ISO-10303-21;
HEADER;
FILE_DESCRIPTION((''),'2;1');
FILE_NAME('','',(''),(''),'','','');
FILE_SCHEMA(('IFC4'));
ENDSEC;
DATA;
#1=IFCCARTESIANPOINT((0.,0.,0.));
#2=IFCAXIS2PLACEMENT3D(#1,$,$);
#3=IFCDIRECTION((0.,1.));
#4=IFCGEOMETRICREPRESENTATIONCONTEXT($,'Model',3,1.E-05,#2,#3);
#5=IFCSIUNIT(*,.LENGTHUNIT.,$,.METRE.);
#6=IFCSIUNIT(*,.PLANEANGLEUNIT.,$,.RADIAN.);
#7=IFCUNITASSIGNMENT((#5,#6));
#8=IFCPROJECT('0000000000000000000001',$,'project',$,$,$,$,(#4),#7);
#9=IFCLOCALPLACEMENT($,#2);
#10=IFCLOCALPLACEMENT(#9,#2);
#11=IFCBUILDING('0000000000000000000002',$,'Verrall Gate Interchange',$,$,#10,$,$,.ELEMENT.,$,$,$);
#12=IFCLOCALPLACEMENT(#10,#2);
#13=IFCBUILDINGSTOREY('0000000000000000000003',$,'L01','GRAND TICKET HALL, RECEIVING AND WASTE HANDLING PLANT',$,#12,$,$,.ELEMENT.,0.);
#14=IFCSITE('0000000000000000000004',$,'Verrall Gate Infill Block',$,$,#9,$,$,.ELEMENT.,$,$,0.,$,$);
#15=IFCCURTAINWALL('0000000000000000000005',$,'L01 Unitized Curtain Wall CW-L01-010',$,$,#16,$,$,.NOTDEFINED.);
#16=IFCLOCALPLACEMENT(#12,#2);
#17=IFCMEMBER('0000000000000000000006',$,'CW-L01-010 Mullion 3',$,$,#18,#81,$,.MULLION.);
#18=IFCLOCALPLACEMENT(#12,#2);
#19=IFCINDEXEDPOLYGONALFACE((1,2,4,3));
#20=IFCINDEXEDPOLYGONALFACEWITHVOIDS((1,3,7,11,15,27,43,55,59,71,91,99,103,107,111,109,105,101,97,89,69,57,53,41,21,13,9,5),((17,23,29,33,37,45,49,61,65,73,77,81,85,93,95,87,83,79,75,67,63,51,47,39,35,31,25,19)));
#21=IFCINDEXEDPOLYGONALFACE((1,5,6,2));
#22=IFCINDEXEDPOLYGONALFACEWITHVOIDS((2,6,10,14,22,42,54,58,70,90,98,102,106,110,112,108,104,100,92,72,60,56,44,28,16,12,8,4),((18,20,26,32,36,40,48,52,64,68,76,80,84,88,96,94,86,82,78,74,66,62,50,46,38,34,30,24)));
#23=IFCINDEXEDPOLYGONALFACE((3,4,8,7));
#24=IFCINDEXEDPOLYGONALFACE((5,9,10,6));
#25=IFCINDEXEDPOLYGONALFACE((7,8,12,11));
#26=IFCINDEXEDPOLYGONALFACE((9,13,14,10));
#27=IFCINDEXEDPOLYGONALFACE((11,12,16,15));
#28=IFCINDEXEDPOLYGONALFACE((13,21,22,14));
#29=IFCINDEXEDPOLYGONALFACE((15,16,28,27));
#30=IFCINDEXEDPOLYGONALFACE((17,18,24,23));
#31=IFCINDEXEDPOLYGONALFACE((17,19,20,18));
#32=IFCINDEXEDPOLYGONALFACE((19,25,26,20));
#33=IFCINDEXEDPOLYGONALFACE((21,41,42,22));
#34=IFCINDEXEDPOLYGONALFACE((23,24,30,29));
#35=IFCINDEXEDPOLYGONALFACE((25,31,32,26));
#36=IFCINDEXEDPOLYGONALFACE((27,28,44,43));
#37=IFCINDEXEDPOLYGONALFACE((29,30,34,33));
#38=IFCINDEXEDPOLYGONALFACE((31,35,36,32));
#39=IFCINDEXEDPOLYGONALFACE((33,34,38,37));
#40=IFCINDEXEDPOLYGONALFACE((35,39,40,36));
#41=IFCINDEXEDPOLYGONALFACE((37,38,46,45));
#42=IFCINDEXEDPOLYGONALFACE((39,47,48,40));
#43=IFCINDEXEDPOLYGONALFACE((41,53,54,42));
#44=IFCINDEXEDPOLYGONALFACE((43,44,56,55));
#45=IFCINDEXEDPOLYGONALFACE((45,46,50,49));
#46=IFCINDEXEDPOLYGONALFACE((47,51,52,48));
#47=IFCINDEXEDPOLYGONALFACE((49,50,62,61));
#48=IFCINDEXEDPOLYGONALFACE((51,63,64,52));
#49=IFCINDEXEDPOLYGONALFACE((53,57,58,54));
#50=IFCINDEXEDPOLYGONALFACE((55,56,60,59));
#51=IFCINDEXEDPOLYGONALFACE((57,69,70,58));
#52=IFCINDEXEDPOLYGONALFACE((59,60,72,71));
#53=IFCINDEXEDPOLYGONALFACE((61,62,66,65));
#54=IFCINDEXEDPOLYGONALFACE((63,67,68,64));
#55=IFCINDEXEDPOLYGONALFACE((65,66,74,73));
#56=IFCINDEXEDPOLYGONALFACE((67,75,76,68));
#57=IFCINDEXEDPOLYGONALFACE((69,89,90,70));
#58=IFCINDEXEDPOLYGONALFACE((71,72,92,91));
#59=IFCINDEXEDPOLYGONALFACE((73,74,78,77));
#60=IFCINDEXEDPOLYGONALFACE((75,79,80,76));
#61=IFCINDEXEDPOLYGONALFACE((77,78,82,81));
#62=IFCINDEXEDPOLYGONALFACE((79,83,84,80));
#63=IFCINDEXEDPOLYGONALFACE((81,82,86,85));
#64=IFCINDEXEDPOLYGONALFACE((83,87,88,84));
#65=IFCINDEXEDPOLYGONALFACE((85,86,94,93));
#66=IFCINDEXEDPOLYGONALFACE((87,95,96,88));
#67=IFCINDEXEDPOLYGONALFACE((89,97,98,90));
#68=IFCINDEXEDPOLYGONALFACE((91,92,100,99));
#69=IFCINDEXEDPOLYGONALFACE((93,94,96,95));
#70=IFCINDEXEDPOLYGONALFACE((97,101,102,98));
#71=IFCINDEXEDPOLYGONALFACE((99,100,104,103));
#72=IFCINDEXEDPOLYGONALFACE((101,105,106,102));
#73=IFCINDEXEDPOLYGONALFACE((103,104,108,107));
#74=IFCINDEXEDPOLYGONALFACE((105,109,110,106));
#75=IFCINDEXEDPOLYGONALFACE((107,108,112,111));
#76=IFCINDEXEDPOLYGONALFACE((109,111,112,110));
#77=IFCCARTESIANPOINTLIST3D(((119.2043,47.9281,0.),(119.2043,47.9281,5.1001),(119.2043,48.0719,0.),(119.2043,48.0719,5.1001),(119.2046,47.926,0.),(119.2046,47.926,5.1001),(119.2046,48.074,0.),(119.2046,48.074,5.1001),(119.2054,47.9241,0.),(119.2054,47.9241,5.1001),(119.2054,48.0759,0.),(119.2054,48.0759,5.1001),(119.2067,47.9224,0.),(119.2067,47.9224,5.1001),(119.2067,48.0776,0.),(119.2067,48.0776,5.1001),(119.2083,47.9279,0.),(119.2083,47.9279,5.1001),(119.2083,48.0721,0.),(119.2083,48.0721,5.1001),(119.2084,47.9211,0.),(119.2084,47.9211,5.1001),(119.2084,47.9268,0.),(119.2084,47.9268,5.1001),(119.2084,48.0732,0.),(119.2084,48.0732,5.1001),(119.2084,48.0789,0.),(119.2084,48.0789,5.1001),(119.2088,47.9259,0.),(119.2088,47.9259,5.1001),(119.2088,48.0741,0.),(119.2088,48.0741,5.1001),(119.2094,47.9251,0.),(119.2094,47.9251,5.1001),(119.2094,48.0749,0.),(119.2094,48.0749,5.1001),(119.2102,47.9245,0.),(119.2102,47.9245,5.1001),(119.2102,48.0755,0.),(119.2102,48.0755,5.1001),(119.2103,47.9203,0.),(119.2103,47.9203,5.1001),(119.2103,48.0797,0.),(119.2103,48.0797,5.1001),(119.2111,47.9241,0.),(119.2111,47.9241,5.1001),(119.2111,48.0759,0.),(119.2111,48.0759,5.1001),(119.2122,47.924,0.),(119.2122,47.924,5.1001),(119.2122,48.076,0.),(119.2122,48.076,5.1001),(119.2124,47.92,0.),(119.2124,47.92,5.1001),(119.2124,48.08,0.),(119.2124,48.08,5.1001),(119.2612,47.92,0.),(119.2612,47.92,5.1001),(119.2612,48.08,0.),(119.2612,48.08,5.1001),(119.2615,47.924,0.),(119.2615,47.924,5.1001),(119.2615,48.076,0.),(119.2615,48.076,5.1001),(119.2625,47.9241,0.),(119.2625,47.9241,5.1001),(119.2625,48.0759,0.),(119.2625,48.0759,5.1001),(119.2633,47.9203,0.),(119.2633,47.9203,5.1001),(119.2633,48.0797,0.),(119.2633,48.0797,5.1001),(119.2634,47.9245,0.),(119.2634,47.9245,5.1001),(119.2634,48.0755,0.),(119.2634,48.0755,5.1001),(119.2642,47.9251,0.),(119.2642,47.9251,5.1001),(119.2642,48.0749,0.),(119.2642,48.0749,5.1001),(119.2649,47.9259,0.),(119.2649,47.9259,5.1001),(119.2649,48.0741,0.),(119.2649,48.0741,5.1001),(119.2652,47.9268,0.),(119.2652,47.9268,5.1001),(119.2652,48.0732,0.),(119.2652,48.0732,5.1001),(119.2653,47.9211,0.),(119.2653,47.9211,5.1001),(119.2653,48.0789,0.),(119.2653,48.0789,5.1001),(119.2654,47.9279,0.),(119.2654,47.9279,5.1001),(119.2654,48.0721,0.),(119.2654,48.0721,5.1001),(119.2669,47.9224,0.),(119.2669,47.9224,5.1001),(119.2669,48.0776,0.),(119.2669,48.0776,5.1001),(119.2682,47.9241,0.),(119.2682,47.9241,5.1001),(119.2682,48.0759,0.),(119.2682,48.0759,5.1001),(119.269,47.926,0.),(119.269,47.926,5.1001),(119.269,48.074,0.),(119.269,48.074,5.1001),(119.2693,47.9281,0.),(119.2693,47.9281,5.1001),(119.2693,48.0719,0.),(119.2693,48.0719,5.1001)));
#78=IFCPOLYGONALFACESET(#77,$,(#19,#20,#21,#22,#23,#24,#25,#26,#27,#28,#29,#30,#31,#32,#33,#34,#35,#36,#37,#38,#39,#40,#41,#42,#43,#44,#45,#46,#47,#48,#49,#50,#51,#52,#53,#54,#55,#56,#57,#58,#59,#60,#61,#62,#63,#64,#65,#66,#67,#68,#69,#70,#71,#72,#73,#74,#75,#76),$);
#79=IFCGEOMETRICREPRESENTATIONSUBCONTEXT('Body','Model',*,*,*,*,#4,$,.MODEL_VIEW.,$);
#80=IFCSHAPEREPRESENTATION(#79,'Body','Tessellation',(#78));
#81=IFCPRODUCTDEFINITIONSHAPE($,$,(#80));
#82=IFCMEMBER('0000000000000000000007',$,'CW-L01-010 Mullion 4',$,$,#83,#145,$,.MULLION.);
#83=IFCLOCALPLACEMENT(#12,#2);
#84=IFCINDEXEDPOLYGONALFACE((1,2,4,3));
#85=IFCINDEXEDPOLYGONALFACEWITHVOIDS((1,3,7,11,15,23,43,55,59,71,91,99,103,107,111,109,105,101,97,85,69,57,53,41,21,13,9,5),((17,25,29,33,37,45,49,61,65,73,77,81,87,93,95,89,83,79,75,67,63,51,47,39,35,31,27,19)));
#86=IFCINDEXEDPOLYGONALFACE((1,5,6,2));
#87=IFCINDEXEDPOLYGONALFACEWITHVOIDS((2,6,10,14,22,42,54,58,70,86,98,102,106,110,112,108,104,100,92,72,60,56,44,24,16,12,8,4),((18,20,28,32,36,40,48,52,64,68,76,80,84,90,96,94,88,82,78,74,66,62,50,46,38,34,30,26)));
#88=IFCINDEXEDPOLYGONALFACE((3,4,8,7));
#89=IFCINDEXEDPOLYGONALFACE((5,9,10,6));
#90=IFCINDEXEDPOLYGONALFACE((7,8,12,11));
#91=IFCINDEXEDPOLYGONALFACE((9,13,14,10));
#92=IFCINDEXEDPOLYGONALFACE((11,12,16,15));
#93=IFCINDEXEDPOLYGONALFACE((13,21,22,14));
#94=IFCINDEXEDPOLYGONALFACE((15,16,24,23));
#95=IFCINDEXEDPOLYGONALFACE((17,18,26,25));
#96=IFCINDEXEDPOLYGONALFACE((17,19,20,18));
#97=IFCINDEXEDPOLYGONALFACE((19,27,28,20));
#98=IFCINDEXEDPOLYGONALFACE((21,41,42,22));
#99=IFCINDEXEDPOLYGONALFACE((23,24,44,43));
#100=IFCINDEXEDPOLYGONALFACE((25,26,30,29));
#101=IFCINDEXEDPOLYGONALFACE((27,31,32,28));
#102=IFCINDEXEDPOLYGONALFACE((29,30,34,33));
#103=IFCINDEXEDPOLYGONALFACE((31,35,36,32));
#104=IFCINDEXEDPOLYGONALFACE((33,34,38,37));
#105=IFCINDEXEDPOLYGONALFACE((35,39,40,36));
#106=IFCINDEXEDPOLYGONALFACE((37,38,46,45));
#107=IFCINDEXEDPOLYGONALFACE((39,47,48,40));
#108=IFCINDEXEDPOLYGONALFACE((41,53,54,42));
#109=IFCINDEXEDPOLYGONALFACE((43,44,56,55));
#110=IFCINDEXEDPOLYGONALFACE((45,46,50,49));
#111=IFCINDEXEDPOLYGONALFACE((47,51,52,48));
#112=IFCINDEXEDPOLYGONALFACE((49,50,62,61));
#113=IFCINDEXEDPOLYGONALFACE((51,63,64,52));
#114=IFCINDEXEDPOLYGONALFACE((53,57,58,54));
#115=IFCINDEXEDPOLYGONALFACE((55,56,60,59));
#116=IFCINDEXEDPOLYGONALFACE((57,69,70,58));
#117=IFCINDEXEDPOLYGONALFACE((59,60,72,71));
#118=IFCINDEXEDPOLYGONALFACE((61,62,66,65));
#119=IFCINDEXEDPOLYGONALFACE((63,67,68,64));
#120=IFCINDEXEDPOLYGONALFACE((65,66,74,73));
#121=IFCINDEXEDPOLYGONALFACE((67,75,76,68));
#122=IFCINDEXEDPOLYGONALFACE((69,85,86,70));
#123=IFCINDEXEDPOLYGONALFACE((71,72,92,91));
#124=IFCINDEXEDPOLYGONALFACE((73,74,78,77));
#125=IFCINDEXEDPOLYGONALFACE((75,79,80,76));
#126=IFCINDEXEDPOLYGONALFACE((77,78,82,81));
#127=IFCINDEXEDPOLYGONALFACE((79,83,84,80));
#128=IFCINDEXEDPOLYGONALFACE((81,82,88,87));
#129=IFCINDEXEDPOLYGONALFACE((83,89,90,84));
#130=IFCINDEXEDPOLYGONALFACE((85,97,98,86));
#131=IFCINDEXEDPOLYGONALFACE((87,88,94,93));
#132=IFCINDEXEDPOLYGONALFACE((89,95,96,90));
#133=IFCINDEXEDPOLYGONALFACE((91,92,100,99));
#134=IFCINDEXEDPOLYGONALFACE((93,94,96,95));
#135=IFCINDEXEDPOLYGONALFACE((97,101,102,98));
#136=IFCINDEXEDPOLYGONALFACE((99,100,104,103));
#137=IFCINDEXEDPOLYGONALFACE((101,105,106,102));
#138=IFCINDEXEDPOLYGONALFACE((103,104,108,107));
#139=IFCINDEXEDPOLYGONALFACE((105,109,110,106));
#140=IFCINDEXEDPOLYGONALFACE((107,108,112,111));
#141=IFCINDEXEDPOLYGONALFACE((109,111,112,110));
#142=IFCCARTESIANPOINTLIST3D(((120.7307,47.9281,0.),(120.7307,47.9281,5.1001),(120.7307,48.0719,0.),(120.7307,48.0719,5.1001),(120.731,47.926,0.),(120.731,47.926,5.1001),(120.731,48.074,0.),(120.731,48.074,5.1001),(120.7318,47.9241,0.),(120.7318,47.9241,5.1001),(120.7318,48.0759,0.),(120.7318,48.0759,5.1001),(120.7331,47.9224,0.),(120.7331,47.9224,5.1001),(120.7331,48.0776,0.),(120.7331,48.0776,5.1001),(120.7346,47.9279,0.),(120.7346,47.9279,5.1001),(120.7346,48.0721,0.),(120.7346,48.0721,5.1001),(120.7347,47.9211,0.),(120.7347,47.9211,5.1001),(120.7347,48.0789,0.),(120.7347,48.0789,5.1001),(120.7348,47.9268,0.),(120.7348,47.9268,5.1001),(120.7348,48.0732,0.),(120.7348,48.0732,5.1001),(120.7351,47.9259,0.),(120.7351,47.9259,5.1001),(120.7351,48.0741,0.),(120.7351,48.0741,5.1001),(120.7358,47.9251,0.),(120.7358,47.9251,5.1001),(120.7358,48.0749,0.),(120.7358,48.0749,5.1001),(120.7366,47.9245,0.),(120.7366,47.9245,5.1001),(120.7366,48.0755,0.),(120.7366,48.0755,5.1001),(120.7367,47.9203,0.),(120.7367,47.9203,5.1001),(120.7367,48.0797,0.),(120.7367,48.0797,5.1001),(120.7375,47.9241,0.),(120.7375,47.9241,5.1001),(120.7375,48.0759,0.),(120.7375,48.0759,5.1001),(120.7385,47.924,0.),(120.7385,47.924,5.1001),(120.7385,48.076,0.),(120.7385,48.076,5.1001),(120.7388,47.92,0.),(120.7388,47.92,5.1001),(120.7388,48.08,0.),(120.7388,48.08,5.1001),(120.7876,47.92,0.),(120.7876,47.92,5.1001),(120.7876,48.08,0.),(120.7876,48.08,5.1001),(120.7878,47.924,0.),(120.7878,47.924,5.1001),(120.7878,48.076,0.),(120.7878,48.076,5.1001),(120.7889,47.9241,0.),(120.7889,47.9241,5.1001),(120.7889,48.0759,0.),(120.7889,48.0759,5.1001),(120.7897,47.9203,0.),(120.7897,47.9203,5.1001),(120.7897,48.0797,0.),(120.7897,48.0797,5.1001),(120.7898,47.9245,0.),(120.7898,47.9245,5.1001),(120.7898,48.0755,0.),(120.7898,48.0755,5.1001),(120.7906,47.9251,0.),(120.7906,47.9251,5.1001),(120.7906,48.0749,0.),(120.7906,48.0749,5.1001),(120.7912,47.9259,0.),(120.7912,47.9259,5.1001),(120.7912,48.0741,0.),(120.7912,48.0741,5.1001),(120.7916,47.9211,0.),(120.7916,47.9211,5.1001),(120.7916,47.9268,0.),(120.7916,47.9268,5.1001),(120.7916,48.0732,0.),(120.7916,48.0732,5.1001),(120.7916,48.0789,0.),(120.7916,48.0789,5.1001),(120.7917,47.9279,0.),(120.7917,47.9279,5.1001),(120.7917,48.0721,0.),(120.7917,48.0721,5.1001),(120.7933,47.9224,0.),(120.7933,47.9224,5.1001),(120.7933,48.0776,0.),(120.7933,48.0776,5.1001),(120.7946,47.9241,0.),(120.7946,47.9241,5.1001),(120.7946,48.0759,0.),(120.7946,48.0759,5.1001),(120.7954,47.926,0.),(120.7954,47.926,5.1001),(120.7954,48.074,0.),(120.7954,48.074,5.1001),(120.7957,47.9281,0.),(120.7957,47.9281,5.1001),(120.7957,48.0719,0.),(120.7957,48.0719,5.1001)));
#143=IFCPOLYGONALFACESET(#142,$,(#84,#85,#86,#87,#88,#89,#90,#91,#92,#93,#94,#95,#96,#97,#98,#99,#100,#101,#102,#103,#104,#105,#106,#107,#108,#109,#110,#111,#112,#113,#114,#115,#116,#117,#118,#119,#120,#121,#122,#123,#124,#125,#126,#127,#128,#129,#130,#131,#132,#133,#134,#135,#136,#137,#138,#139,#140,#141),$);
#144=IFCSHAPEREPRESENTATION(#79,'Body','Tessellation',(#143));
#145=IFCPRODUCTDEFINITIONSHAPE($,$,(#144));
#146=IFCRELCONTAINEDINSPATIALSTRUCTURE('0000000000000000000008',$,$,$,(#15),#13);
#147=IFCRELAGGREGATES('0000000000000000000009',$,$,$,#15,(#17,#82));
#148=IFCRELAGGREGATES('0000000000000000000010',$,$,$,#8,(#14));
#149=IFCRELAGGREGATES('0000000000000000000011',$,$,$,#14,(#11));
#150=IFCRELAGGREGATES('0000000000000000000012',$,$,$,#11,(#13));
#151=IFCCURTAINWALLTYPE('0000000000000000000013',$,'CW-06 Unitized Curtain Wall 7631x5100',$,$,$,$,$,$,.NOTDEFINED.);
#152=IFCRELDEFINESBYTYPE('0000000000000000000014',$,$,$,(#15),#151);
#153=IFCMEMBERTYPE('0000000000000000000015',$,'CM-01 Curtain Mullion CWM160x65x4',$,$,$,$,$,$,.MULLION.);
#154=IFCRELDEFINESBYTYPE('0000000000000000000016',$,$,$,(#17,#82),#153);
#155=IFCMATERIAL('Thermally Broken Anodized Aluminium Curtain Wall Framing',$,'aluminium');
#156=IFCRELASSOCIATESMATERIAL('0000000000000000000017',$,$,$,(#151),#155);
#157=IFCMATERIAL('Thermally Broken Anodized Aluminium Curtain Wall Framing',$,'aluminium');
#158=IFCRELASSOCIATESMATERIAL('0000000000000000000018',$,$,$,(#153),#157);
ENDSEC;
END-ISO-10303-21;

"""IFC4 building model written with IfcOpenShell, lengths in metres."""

from ifc_helpers import new_model, si_unit, direction, frame, origin, origin_2d, place, context, subcontext, project, spatial, hollow_rectangle, extrude, material, material_profile, profile_set, type_object, element, aggregate, save


model = new_model("IFC4")

# Units and contexts
model_context = context("Model", 3, precision=1e-05, world=origin(), true_north=direction((0.0, 1.0)))
body_context = subcontext(model_context, "Body", "Model", "MODEL_VIEW")
ifc_project = project(units=[si_unit("LENGTHUNIT", "METRE"), si_unit("PLANEANGLEUNIT", "RADIAN")], contexts=[model_context])

# Site, building, storey
site_placement = place(None, origin())
site = spatial("IfcSite", under=ifc_project, at=site_placement, Name="Verrall Gate Infill Block", CompositionType="ELEMENT", RefElevation=0.0)
building_placement = place(site_placement, origin())
building = spatial("IfcBuilding", under=site, at=building_placement, Name="Verrall Gate Interchange", CompositionType="ELEMENT")
storey_placement = place(building_placement, origin())
storey = spatial("IfcBuildingStorey", under=building, at=storey_placement, Name="L01", Description="GRAND TICKET HALL, RECEIVING AND WASTE HANDLING PLANT", CompositionType="ELEMENT", Elevation=0.0)

# Curtain wall, members
ifc_material_1 = material(Name="Thermally Broken Anodized Aluminium Curtain Wall Framing", Category="aluminium")
curtain_wall_type = type_object("IfcCurtainWallType", Name="CW-06 Unitized Curtain Wall 7631x5100", PredefinedType="NOTDEFINED", material=ifc_material_1)
curtain_wall_placement = place(storey_placement, origin())
curtain_wall = element("IfcCurtainWall", 1, at=curtain_wall_placement, inside=storey, type_object=curtain_wall_type, Name="L01 Unitized Curtain Wall CW-L01-010", PredefinedType="NOTDEFINED")
ifc_material_2 = material(Name="Thermally Broken Anodized Aluminium Curtain Wall Framing", Category="aluminium")
ifc_material_profile_1 = material_profile(ifc_material_2, hollow_rectangle(XDim=0.0649, YDim=0.1599, WallThickness=0.0039, InnerFilletRadius=0.0039, OuterFilletRadius=0.0081, at=origin_2d()), Name="CWM160x65x4")
ifc_profile_set_1 = profile_set([ifc_material_profile_1], Name="Thermally Broken Anodized Aluminium Curtain Wall Framing")
member_type = type_object("IfcMemberType", Name="CM-01 Curtain Mullion CWM160x65x4", PredefinedType="MULLION", material=ifc_profile_set_1)
member_1_placement = place(storey_placement, frame((119.2368, 48.0, 0.0), z_axis=(0.0, 0.0, 1.0), x_axis=(1.0, 0.0, 0.0)))
member_1 = element("IfcMember", 2, at=member_1_placement, type_object=member_type, Name="CW-L01-010 Mullion 3", PredefinedType="MULLION", context=body_context, shape_type="SweptSolid", body=[
    extrude(hollow_rectangle(XDim=0.0649, YDim=0.1599, WallThickness=0.0039, InnerFilletRadius=0.0039, OuterFilletRadius=0.0081, at=origin_2d()), origin(), (0.0, 0.0, 1.0), 5.1001),
])
member_2_placement = place(storey_placement, frame((120.7632, 48.0, 0.0), z_axis=(0.0, 0.0, 1.0), x_axis=(1.0, 0.0, 0.0)))
member_2 = element("IfcMember", 3, at=member_2_placement, type_object=member_type, Name="CW-L01-010 Mullion 4", PredefinedType="MULLION", context=body_context, shape_type="SweptSolid", body=[
    extrude(hollow_rectangle(XDim=0.0649, YDim=0.1599, WallThickness=0.0039, InnerFilletRadius=0.0039, OuterFilletRadius=0.0081, at=origin_2d()), origin(), (0.0, 0.0, 1.0), 5.1001),
])

aggregate(curtain_wall, [member_1, member_2])

save(model, "model.ifc")
